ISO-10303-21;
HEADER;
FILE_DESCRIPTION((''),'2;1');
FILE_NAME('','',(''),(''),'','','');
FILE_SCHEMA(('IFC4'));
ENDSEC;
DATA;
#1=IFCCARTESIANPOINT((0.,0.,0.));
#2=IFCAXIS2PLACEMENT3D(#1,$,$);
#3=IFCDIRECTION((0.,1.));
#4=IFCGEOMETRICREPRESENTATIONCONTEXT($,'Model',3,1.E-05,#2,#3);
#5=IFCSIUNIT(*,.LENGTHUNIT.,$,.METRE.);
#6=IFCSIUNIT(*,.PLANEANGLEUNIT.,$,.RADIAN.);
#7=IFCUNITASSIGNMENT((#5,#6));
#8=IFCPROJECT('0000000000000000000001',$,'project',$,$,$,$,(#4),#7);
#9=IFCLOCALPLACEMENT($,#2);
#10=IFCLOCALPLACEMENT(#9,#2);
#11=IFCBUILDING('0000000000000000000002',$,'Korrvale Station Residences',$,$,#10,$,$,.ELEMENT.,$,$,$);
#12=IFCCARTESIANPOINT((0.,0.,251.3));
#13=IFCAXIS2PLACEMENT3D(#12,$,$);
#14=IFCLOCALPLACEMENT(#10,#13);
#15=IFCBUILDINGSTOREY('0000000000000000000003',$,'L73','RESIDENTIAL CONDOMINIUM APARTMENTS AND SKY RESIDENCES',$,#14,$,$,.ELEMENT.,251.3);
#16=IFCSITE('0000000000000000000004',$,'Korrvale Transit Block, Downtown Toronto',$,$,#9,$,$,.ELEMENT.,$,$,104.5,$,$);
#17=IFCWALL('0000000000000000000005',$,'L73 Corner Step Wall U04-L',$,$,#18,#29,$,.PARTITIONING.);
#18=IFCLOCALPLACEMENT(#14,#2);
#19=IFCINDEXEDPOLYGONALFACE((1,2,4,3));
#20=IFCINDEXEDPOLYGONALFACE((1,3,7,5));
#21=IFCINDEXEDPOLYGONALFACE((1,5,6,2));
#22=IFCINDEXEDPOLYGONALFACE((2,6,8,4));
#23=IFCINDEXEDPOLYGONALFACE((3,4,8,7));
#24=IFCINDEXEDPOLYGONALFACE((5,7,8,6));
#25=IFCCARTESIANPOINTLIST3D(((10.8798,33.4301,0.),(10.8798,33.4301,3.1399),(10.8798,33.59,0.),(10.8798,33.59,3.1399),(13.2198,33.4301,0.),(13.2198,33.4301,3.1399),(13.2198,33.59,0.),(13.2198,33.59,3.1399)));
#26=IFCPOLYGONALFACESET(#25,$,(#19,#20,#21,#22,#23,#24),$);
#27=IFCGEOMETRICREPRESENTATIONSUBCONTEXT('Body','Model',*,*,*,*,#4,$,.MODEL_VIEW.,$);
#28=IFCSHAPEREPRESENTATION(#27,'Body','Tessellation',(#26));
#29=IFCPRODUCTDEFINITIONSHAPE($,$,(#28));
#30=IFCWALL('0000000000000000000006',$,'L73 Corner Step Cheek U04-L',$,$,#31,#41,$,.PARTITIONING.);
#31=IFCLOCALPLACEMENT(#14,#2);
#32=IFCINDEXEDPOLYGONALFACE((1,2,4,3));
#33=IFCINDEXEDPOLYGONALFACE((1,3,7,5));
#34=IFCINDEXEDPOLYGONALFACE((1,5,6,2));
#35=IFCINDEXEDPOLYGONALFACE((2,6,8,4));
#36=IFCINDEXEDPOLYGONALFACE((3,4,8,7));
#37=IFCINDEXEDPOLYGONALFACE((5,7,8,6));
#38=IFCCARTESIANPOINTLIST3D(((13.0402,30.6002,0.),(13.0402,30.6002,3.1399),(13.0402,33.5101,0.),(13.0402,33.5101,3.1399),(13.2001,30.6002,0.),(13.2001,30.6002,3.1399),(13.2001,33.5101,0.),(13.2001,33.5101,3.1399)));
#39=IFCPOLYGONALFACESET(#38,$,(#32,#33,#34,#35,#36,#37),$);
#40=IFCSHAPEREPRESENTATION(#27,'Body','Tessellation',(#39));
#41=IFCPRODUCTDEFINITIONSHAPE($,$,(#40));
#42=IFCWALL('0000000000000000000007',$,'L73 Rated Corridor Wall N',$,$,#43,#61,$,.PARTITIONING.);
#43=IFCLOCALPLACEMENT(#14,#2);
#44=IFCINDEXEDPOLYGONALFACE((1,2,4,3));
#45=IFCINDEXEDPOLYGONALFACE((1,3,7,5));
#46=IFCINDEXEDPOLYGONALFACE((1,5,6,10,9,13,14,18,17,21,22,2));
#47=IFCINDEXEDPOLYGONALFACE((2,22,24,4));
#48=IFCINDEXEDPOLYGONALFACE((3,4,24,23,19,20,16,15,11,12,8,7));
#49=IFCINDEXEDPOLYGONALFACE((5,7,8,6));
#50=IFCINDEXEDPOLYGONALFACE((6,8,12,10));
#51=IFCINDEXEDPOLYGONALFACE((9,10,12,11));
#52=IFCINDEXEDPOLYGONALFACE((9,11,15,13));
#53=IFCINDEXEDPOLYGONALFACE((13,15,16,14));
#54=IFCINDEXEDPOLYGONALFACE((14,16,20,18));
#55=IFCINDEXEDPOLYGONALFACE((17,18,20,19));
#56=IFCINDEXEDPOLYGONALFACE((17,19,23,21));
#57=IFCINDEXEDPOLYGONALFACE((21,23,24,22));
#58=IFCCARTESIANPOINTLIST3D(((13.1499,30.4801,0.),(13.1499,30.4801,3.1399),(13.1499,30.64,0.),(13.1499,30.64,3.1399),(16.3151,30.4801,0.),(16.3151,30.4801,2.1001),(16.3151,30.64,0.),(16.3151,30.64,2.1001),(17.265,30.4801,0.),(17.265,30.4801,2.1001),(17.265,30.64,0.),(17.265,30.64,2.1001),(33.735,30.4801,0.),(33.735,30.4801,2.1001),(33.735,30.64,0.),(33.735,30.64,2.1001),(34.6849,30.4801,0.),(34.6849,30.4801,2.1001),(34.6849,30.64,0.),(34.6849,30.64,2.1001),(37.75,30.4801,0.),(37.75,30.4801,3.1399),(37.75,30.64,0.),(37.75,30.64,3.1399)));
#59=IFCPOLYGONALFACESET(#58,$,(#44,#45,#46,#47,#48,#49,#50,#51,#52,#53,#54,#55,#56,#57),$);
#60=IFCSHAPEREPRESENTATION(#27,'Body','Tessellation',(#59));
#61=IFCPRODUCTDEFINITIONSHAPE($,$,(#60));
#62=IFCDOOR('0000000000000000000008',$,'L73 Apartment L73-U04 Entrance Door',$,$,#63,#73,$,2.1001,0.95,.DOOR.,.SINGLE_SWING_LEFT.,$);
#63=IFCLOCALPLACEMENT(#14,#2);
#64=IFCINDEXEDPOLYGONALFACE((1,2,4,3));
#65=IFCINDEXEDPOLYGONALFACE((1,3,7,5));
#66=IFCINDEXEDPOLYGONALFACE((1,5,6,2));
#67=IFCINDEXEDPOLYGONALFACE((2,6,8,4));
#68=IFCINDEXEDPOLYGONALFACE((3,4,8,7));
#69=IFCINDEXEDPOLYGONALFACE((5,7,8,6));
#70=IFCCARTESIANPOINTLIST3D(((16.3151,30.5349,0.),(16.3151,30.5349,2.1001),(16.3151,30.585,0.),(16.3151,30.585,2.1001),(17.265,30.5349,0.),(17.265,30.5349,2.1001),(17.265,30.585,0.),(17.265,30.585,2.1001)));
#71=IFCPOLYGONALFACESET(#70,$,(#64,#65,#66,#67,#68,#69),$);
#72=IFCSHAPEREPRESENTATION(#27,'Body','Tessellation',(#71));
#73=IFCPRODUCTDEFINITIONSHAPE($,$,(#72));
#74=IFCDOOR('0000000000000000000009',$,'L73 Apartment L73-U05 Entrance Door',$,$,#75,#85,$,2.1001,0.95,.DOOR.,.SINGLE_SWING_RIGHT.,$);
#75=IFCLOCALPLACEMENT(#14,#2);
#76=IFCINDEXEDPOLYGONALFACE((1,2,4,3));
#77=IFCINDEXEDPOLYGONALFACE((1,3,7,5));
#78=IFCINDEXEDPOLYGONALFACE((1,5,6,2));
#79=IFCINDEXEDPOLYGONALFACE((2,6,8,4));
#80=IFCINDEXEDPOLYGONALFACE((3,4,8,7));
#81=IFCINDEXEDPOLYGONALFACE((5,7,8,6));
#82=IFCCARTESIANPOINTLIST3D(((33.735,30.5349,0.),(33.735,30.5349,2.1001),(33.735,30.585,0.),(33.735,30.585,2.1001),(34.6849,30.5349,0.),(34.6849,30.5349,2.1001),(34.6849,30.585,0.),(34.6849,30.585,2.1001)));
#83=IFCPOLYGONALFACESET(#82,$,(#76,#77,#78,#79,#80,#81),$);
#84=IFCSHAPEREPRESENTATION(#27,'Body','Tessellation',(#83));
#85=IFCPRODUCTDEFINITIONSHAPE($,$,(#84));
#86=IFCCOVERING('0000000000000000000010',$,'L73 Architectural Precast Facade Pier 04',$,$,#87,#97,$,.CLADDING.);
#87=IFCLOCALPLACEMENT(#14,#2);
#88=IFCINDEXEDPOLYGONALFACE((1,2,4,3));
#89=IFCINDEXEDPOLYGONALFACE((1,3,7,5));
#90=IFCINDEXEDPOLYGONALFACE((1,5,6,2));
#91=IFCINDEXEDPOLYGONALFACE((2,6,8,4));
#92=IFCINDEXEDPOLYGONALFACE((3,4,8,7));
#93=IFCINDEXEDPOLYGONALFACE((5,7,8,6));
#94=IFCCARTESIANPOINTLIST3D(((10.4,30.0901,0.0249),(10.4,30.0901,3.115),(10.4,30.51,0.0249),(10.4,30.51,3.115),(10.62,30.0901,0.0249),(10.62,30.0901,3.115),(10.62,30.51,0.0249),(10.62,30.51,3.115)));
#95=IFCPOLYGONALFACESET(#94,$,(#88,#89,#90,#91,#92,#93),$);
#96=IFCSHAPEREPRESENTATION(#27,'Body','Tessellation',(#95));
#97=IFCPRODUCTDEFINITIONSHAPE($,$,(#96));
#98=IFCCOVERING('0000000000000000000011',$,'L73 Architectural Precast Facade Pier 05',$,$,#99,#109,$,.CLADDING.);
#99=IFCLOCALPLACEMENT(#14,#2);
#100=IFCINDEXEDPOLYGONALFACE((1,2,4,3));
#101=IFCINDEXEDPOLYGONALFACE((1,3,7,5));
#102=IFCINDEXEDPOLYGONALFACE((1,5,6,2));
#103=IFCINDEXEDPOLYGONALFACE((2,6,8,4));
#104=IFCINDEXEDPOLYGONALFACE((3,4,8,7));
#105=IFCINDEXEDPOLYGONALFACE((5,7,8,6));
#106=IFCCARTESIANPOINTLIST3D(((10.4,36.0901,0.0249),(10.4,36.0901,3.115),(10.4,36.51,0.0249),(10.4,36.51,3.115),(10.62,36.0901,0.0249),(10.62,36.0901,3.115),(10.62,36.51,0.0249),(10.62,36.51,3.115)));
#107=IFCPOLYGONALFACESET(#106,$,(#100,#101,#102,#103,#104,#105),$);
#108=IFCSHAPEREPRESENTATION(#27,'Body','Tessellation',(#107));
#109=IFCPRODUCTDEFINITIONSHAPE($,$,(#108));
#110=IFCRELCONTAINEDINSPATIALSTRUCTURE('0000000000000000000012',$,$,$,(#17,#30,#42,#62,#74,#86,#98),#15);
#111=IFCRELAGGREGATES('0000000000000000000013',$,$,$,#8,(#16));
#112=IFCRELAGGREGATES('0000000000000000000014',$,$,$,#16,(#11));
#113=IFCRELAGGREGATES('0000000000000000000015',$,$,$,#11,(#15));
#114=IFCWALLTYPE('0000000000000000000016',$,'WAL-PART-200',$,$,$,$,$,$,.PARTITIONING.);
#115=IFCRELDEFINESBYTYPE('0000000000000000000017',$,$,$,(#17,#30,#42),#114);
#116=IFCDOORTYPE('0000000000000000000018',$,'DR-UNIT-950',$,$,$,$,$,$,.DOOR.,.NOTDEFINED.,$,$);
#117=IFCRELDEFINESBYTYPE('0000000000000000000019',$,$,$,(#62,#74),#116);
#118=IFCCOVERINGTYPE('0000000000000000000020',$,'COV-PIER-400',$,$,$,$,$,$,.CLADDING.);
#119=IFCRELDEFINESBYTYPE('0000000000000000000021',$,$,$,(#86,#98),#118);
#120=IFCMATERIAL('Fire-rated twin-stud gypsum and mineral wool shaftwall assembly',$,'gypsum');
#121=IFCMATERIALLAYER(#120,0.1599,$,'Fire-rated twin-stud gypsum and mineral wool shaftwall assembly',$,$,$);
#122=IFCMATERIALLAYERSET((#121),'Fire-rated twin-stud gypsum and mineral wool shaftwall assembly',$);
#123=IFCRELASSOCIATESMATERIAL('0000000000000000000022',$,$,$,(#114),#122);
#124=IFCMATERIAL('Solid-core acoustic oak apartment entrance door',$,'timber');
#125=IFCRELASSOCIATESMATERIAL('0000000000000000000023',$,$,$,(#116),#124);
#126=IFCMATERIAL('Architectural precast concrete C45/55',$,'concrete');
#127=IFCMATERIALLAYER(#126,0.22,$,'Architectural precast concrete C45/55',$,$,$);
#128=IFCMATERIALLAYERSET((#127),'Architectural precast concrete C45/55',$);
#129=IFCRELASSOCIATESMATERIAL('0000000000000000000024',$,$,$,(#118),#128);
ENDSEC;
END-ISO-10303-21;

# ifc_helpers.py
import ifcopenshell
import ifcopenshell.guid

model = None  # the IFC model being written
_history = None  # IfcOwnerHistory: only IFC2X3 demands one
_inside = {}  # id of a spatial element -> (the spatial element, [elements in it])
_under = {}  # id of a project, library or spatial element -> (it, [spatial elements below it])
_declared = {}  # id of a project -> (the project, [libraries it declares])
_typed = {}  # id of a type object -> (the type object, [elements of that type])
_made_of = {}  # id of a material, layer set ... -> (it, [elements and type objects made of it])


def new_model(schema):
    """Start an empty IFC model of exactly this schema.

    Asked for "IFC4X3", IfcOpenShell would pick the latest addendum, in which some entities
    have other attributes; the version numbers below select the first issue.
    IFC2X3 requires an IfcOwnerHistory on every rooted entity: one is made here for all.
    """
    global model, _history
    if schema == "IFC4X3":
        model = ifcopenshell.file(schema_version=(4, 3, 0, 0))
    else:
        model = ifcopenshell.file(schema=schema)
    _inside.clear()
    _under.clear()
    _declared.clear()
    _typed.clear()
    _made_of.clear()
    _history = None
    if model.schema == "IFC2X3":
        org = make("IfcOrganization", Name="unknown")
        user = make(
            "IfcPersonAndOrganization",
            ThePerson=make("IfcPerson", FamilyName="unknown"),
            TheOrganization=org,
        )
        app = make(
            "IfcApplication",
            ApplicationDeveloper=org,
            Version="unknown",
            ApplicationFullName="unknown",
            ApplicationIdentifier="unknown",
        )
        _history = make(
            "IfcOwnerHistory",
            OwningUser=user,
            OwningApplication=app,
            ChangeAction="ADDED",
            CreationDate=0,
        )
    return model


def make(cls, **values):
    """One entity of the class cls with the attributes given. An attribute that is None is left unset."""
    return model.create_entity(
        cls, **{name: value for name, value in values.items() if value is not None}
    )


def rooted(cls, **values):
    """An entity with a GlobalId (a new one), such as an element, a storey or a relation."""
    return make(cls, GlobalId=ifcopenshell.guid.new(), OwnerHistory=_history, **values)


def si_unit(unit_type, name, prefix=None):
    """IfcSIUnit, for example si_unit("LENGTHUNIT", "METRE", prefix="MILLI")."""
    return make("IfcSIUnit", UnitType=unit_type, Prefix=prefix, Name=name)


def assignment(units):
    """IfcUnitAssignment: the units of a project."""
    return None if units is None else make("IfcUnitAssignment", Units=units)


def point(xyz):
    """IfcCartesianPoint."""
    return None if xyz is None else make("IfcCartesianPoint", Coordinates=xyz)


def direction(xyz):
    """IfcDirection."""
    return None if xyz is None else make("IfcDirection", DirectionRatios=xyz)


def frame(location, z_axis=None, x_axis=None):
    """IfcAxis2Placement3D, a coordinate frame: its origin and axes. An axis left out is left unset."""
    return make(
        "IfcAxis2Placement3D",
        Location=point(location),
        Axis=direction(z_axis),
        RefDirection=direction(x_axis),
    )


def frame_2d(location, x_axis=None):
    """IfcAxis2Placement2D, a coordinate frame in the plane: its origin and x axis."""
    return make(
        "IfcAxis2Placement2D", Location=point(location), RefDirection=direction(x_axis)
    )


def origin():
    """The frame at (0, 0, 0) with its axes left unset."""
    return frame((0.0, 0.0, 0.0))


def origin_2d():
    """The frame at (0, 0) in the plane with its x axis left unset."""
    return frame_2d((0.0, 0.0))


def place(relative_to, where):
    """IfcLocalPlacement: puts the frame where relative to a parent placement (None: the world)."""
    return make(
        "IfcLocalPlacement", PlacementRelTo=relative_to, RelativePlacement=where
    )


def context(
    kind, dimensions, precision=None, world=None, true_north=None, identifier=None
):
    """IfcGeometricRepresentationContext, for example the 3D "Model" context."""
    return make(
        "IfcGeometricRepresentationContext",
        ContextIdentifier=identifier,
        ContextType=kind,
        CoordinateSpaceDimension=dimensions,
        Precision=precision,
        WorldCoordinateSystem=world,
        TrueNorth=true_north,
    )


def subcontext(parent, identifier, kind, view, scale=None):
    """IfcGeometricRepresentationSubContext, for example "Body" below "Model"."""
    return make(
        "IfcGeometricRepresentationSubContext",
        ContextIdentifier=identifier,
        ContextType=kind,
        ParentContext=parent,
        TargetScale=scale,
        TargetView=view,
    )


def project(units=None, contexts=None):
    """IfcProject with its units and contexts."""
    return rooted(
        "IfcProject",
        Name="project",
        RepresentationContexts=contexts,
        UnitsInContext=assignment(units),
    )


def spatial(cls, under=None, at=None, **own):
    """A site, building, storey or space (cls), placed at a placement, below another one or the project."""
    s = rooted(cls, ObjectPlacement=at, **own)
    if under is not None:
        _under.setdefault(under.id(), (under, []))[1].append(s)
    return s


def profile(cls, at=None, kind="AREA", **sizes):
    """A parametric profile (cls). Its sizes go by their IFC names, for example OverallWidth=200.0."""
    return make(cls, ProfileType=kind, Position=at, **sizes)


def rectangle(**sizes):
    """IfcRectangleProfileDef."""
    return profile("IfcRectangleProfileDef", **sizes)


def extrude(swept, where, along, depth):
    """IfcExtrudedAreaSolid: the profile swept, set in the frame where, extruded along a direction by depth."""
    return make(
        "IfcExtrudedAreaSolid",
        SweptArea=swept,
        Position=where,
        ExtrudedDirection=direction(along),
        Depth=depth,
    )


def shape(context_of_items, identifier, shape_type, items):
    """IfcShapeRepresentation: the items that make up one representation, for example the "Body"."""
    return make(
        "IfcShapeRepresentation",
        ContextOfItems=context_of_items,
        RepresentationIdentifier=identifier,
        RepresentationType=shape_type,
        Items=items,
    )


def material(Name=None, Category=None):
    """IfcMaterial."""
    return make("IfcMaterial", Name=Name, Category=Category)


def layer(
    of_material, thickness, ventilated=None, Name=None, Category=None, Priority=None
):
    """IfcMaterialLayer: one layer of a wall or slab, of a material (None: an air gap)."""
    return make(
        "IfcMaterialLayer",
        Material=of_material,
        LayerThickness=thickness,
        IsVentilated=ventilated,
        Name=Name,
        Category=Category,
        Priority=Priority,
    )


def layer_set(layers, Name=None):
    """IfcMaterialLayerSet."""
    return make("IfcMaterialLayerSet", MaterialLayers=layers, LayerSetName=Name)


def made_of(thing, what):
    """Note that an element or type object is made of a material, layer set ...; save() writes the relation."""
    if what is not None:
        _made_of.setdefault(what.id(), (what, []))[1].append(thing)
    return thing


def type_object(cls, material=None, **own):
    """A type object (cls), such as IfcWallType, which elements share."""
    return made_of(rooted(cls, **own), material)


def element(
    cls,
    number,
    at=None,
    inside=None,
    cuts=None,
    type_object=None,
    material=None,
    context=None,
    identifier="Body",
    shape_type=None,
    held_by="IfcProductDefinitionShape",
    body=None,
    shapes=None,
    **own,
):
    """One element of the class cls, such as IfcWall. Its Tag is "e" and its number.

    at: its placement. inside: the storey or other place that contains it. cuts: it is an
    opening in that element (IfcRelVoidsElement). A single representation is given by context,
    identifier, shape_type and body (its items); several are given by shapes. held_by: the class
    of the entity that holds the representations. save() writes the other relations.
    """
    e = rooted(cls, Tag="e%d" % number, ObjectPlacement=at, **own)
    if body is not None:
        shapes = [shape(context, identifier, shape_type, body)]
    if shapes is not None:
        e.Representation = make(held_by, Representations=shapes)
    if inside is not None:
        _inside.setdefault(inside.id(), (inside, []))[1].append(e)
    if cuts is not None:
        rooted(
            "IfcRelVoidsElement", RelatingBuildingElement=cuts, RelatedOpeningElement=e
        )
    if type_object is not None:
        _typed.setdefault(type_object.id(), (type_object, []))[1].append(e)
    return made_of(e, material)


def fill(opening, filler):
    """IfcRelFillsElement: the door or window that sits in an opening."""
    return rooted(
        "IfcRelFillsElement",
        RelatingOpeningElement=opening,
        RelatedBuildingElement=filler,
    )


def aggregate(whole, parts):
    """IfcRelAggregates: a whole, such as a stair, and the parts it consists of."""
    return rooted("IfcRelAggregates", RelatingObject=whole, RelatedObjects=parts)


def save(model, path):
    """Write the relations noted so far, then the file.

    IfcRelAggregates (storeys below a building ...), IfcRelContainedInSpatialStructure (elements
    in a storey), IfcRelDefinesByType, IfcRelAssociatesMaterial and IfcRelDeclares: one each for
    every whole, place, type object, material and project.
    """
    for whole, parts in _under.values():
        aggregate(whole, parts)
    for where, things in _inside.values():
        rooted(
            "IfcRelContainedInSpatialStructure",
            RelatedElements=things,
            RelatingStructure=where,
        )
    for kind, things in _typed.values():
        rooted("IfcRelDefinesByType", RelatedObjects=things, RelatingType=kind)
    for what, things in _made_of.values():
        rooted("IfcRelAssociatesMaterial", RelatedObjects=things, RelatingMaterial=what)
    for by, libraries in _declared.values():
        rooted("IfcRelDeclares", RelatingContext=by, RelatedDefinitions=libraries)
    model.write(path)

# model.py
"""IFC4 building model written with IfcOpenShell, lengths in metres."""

from ifc_helpers import new_model, si_unit, direction, frame, frame_2d, origin, origin_2d, place, context, subcontext, project, spatial, rectangle, extrude, material, layer, layer_set, type_object, element, fill, save


model = new_model("IFC4")

# Units and contexts
model_context = context("Model", 3, precision=1e-05, world=origin(), true_north=direction((0.0, 1.0)))
body_context = subcontext(model_context, "Body", "Model", "MODEL_VIEW")
ifc_project = project(units=[si_unit("LENGTHUNIT", "METRE"), si_unit("PLANEANGLEUNIT", "RADIAN")], contexts=[model_context])

# Site, building, storey
site_placement = place(None, origin())
site = spatial("IfcSite", under=ifc_project, at=site_placement, Name="Korrvale Transit Block, Downtown Toronto", CompositionType="ELEMENT", RefElevation=104.5)
building_placement = place(site_placement, origin())
building = spatial("IfcBuilding", under=site, at=building_placement, Name="Korrvale Station Residences", CompositionType="ELEMENT")
storey_placement = place(building_placement, frame((0.0, 0.0, 251.3)))
storey = spatial("IfcBuildingStorey", under=building, at=storey_placement, Name="L73", Description="RESIDENTIAL CONDOMINIUM APARTMENTS AND SKY RESIDENCES", CompositionType="ELEMENT", Elevation=251.3)

# Walls
ifc_material_1 = material(Name="Fire-rated twin-stud gypsum and mineral wool shaftwall assembly", Category="gypsum")
ifc_layer_1 = layer(ifc_material_1, 0.1599, Name="Fire-rated twin-stud gypsum and mineral wool shaftwall assembly")
ifc_layer_set_1 = layer_set([ifc_layer_1], Name="Fire-rated twin-stud gypsum and mineral wool shaftwall assembly")
wall_type_1 = type_object("IfcWallType", Name="WAL-PART-200", PredefinedType="PARTITIONING", material=ifc_layer_set_1)
wall_1_placement = place(storey_placement, frame((10.8799, 33.51, 0.0), z_axis=(0.0, 0.0, 1.0), x_axis=(1.0, 0.0, 0.0)))
element("IfcWall", 1, at=wall_1_placement, inside=storey, type_object=wall_type_1, Name="L73 Corner Step Wall U04-L", PredefinedType="PARTITIONING", context=body_context, shape_type="SweptSolid", body=[
    extrude(rectangle(XDim=2.3401, YDim=0.1599, at=frame_2d((1.1699, 0.0))), origin(), (0.0, 0.0, 1.0), 3.1399),
])
wall_2_placement = place(storey_placement, frame((13.1201, 30.6001, 0.0), z_axis=(0.0, 0.0, 1.0), x_axis=(0.0, 1.0, 0.0)))
element("IfcWall", 2, at=wall_2_placement, inside=storey, type_object=wall_type_1, Name="L73 Corner Step Cheek U04-L", PredefinedType="PARTITIONING", context=body_context, shape_type="SweptSolid", body=[
    extrude(rectangle(XDim=2.9099, YDim=0.1599, at=frame_2d((1.4551, 0.0))), origin(), (0.0, 0.0, 1.0), 3.1399),
])

# Wall, openings, doors
wall_3_placement = place(storey_placement, frame((13.1499, 30.5601, 0.0), z_axis=(0.0, 0.0, 1.0), x_axis=(1.0, 0.0, 0.0)))
wall_3 = element("IfcWall", 3, at=wall_3_placement, inside=storey, type_object=wall_type_1, Name="L73 Rated Corridor Wall N", PredefinedType="PARTITIONING", context=body_context, shape_type="SweptSolid", body=[
    extrude(rectangle(XDim=24.6001, YDim=0.1599, at=frame_2d((12.3, 0.0))), origin(), (0.0, 0.0, 1.0), 3.1399),
])
opening_1_placement = place(wall_3_placement, frame((3.165, 0.0, 0.0)))
opening_1 = element("IfcOpeningElement", 4, at=opening_1_placement, cuts=wall_3, PredefinedType="OPENING", context=body_context, shape_type="SweptSolid", body=[
    extrude(rectangle(XDim=0.95, YDim=2.1001, at=frame_2d((0.4751, 1.05))), frame((0.0, 0.0898, 0.0), z_axis=(0.0, -1.0, 0.0), x_axis=(1.0, 0.0, 0.0)), (0.0, 0.0, 1.0), 0.1799),
])
opening_2_placement = place(wall_3_placement, frame((20.585, 0.0, 0.0)))
opening_2 = element("IfcOpeningElement", 5, at=opening_2_placement, cuts=wall_3, PredefinedType="OPENING", context=body_context, shape_type="SweptSolid", body=[
    extrude(rectangle(XDim=0.95, YDim=2.1001, at=frame_2d((0.4751, 1.05))), frame((0.0, 0.0898, 0.0), z_axis=(0.0, -1.0, 0.0), x_axis=(1.0, 0.0, 0.0)), (0.0, 0.0, 1.0), 0.1799),
])
ifc_material_2 = material(Name="Solid-core acoustic oak apartment entrance door", Category="timber")
door_type = type_object("IfcDoorType", Name="DR-UNIT-950", OperationType="NOTDEFINED", PredefinedType="DOOR", material=ifc_material_2)
door_1_placement = place(opening_1_placement, origin())
door_1 = element("IfcDoor", 6, at=door_1_placement, inside=storey, type_object=door_type, Name="L73 Apartment L73-U04 Entrance Door", OperationType="SINGLE_SWING_LEFT", OverallHeight=2.1001, OverallWidth=0.95, PredefinedType="DOOR", context=body_context, shape_type="SweptSolid", body=[
    extrude(rectangle(XDim=0.95, YDim=2.1001, at=frame_2d((0.4751, 1.05))), frame((0.0, 0.0249, 0.0), z_axis=(0.0, -1.0, 0.0), x_axis=(1.0, 0.0, 0.0)), (0.0, 0.0, 1.0), 0.05),
])
fill(opening_1, door_1)
door_2_placement = place(opening_2_placement, origin())
door_2 = element("IfcDoor", 7, at=door_2_placement, inside=storey, type_object=door_type, Name="L73 Apartment L73-U05 Entrance Door", OperationType="SINGLE_SWING_RIGHT", OverallHeight=2.1001, OverallWidth=0.95, PredefinedType="DOOR", context=body_context, shape_type="SweptSolid", body=[
    extrude(rectangle(XDim=0.95, YDim=2.1001, at=frame_2d((0.4751, 1.05))), frame((0.0, 0.0249, 0.0), z_axis=(0.0, -1.0, 0.0), x_axis=(1.0, 0.0, 0.0)), (0.0, 0.0, 1.0), 0.05),
])
fill(opening_2, door_2)

# Coverings
ifc_material_3 = material(Name="Architectural precast concrete C45/55", Category="concrete")
ifc_layer_2 = layer(ifc_material_3, 0.22, Name="Architectural precast concrete C45/55")
ifc_layer_set_2 = layer_set([ifc_layer_2], Name="Architectural precast concrete C45/55")
covering_type = type_object("IfcCoveringType", Name="COV-PIER-400", PredefinedType="CLADDING", material=ifc_layer_set_2)
for number, where, z_axis, x_axis, name in (
    (8, (10.51, 30.3, 0.0249), (0.0, 0.0, 1.0), (0.0, 1.0, 0.0), "L73 Architectural Precast Facade Pier 04"),
    (9, (10.51, 36.3, 0.0249), (0.0, 0.0, 1.0), (0.0, 1.0, 0.0), "L73 Architectural Precast Facade Pier 05"),
):
    element("IfcCovering", number, at=place(storey_placement, frame(where, z_axis=z_axis, x_axis=x_axis)), inside=storey, type_object=covering_type, Name=name, PredefinedType="CLADDING", context=body_context, shape_type="SweptSolid", body=[
        extrude(rectangle(XDim=0.4199, YDim=0.22, at=origin_2d()), origin(), (0.0, 0.0, 1.0), 3.0901),
    ])

save(model, "model.ifc")
